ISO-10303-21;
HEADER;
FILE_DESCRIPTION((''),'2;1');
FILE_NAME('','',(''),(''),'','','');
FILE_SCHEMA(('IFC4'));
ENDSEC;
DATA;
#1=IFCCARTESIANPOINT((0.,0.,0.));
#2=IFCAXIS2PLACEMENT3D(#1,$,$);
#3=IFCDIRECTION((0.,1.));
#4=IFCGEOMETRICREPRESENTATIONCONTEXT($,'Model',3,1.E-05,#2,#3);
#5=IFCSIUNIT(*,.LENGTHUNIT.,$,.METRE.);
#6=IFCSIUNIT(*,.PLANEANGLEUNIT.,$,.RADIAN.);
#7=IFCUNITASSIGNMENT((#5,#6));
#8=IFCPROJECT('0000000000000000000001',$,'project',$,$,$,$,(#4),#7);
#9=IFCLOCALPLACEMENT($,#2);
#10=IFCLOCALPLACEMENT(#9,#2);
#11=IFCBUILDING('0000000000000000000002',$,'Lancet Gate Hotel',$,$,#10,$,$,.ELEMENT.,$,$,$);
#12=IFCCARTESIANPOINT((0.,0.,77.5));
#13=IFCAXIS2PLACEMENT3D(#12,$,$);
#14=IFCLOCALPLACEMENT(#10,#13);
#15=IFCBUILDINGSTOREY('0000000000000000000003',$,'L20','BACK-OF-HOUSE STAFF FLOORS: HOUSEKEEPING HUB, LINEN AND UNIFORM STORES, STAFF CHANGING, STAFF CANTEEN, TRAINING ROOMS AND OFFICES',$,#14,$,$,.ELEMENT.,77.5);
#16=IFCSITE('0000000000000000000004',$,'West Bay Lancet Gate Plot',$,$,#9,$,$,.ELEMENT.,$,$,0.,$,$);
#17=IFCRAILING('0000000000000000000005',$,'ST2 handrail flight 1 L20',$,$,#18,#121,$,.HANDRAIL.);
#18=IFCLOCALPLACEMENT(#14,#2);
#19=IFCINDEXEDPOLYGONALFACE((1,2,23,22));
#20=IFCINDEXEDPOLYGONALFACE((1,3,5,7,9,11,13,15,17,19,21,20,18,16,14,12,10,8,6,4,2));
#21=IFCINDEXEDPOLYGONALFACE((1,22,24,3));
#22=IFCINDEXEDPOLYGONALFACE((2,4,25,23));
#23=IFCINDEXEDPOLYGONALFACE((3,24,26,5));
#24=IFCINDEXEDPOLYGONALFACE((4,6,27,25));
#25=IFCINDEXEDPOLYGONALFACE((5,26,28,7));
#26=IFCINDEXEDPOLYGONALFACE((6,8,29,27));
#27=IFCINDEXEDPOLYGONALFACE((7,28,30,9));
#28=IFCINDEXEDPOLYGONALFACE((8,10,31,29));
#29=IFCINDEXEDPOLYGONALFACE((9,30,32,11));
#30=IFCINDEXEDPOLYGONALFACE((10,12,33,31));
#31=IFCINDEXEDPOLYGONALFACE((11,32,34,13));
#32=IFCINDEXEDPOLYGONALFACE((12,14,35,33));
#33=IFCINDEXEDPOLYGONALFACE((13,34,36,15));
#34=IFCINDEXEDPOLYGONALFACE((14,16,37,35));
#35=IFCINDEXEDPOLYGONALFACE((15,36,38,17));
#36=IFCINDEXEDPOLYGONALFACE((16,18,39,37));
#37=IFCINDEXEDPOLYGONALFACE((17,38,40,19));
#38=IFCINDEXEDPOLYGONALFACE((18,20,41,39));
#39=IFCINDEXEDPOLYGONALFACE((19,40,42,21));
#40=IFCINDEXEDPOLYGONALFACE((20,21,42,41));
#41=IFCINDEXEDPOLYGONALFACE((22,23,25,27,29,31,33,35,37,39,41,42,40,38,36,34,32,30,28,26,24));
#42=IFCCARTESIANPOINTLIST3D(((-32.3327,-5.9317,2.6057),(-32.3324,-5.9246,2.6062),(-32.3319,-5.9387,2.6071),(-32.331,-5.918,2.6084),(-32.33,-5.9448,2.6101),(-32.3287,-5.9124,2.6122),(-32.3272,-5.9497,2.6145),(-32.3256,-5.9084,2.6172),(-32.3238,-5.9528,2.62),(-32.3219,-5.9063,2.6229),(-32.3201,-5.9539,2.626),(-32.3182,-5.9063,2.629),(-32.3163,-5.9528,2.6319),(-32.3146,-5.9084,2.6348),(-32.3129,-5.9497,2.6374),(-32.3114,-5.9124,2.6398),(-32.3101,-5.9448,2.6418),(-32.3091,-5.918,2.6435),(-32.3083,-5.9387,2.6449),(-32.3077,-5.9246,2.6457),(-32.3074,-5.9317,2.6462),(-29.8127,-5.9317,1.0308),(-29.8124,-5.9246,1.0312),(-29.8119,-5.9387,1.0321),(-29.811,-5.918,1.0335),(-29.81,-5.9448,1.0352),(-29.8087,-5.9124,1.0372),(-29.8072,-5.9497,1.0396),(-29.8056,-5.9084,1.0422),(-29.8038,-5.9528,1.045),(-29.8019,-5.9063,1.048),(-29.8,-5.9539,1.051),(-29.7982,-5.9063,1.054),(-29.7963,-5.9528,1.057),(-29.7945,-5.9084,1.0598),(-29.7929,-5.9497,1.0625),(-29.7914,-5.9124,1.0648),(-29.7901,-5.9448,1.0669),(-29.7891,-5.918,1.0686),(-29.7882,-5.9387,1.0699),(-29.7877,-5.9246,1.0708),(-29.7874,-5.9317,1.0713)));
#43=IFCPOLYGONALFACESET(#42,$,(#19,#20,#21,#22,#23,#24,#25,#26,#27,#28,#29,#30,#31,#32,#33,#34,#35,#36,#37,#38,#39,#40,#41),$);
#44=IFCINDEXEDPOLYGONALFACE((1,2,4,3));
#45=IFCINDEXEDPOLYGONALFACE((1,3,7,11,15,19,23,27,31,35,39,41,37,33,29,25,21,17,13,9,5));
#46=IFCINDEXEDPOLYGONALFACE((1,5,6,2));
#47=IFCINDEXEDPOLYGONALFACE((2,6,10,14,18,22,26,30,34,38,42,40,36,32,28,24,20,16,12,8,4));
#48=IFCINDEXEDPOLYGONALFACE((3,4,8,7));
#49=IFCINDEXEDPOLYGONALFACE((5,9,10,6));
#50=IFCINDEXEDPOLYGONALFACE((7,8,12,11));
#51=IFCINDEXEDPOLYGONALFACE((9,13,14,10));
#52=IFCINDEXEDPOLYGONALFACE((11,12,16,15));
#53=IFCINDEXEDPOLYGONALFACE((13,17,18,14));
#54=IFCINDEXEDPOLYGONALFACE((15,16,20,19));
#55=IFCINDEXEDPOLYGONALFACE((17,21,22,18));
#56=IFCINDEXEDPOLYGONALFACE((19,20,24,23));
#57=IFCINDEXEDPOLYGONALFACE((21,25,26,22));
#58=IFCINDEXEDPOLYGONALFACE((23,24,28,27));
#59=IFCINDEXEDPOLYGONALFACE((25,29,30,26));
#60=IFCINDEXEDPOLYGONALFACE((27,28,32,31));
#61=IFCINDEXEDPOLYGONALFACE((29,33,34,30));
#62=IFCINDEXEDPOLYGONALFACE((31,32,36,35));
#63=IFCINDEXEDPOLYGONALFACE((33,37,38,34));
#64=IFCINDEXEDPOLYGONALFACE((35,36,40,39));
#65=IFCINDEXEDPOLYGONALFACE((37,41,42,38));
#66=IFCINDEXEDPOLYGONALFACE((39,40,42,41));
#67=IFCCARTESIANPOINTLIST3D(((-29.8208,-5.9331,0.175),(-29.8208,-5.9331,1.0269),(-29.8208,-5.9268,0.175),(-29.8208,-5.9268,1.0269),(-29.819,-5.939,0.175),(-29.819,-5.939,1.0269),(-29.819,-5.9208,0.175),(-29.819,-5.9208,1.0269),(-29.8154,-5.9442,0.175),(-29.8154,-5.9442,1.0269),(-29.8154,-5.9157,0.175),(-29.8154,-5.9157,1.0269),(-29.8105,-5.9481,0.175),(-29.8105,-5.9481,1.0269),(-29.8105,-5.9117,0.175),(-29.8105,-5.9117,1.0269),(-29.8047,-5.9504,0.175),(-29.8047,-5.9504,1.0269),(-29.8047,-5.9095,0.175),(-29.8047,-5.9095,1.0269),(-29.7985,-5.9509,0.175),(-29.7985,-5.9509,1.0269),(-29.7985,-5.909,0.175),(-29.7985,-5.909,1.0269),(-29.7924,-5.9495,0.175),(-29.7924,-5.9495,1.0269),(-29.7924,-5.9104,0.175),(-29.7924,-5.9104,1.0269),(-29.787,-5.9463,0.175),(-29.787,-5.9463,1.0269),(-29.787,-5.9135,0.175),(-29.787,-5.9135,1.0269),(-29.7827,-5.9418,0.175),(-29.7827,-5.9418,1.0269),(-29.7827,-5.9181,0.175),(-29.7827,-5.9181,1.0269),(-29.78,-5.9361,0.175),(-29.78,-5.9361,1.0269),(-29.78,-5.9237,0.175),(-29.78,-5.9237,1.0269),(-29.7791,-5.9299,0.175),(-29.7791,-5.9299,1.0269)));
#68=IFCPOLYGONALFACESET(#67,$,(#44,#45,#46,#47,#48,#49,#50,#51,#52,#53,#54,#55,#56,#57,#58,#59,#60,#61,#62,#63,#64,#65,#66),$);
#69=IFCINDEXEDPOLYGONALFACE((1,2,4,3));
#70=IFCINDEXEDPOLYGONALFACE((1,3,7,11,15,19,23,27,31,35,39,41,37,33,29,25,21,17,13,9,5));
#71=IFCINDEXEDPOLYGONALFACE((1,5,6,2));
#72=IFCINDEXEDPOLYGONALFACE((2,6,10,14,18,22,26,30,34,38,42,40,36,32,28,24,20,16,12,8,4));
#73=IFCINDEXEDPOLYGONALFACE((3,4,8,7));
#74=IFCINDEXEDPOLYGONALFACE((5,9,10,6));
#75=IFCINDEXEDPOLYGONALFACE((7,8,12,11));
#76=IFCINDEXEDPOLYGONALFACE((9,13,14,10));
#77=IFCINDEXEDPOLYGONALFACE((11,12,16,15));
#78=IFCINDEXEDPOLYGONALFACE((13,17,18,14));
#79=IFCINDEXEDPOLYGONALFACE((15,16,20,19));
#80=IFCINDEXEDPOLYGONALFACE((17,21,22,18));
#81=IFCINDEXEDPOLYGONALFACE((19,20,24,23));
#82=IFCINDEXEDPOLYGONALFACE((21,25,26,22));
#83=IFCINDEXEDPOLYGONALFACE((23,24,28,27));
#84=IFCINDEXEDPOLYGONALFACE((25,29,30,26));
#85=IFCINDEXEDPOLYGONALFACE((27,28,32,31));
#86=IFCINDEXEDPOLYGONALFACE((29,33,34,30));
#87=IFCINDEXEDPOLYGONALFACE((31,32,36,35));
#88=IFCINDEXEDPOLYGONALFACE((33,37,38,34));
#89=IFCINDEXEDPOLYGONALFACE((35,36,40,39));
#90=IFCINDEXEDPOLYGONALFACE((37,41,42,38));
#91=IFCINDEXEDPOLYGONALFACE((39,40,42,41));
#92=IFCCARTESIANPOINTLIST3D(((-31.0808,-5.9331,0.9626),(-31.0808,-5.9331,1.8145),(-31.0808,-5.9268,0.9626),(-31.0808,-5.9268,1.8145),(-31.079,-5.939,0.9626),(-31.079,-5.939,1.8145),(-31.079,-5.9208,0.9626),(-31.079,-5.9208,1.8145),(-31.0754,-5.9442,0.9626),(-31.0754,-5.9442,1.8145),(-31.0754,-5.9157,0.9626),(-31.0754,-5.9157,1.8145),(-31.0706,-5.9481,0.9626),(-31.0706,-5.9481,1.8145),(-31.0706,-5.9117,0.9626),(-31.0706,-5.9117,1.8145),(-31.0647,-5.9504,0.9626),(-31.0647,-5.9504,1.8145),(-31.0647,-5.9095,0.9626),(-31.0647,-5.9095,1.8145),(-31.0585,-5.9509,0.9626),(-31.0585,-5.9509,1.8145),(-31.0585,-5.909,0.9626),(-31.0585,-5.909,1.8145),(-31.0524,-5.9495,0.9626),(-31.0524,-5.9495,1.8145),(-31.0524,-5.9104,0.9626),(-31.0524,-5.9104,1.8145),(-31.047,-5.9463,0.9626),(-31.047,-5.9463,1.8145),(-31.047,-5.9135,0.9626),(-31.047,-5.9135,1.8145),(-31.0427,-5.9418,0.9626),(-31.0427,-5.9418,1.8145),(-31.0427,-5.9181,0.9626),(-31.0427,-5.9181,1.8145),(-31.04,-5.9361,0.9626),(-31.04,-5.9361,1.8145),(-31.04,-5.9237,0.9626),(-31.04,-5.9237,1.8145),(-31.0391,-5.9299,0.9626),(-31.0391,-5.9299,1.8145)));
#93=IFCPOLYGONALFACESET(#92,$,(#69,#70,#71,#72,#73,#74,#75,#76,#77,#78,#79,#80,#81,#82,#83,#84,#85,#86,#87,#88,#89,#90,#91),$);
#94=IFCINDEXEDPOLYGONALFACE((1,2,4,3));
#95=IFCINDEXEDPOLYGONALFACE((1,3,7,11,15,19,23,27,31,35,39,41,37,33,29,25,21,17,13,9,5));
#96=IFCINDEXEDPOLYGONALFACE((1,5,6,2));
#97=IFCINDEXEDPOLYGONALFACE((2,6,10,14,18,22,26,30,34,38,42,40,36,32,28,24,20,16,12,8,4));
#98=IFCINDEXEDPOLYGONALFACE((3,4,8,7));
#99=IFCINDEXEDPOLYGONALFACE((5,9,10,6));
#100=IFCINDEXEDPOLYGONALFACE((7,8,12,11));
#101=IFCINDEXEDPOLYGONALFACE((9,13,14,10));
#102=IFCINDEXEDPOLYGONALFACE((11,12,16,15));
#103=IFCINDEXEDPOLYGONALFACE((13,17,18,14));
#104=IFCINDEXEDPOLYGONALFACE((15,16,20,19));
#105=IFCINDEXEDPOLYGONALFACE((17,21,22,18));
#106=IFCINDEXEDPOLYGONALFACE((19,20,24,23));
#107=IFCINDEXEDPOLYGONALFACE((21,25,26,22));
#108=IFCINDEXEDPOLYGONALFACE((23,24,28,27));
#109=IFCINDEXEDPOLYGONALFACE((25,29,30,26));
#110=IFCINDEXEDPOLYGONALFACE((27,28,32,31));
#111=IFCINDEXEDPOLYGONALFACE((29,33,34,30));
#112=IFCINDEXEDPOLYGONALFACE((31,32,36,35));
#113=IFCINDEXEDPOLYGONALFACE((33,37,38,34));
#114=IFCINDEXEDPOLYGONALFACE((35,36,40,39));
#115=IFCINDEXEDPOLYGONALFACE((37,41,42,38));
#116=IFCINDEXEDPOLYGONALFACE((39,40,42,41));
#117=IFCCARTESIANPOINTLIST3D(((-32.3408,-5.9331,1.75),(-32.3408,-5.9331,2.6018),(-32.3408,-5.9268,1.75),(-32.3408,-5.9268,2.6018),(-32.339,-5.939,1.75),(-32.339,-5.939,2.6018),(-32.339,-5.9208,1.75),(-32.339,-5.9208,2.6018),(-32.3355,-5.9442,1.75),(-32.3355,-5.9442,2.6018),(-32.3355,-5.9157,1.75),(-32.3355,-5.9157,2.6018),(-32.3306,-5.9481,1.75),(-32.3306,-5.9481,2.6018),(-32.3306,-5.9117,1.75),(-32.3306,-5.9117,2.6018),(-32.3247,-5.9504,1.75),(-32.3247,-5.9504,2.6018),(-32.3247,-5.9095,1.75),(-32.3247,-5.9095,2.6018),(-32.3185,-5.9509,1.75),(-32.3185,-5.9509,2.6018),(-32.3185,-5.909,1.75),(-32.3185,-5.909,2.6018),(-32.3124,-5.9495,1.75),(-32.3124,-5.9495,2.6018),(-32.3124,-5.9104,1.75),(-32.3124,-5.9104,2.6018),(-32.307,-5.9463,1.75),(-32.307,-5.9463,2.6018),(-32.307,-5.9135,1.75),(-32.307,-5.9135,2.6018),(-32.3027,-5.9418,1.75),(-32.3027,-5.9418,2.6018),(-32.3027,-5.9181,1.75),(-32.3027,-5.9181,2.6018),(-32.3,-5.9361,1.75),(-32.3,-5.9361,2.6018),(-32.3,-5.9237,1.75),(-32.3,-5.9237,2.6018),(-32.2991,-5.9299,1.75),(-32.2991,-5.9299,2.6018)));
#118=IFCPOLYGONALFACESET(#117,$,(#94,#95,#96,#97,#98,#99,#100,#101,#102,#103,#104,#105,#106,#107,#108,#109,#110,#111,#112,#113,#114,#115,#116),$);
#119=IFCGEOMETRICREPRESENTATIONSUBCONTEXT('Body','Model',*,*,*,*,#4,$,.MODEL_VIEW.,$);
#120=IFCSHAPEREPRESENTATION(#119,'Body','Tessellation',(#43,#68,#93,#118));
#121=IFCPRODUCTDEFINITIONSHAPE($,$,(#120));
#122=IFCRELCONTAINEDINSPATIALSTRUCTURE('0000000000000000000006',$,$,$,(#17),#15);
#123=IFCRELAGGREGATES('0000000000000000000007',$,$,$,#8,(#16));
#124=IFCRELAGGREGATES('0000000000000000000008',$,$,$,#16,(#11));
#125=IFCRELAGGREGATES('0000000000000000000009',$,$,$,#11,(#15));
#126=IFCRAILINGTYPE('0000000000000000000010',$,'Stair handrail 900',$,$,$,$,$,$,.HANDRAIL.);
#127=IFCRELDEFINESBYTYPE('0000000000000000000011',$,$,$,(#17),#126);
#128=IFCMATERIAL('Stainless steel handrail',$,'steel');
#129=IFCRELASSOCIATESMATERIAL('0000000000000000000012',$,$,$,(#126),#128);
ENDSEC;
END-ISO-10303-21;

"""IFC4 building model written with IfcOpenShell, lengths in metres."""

from ifc_helpers import new_model, si_unit, direction, frame, origin, origin_2d, place, context, subcontext, project, spatial, circle, extrude, material, type_object, element, save


model = new_model("IFC4")

# Units and contexts
model_context = context("Model", 3, precision=1e-05, world=origin(), true_north=direction((0.0, 1.0)))
body_context = subcontext(model_context, "Body", "Model", "MODEL_VIEW")
ifc_project = project(units=[si_unit("LENGTHUNIT", "METRE"), si_unit("PLANEANGLEUNIT", "RADIAN")], contexts=[model_context])

# Site, building, storey
site_placement = place(None, origin())
site = spatial("IfcSite", under=ifc_project, at=site_placement, Name="West Bay Lancet Gate Plot", CompositionType="ELEMENT", RefElevation=0.0)
building_placement = place(site_placement, origin())
building = spatial("IfcBuilding", under=site, at=building_placement, Name="Lancet Gate Hotel", CompositionType="ELEMENT")
storey_placement = place(building_placement, frame((0.0, 0.0, 77.5)))
storey = spatial("IfcBuildingStorey", under=building, at=storey_placement, Name="L20", Description="BACK-OF-HOUSE STAFF FLOORS: HOUSEKEEPING HUB, LINEN AND UNIFORM STORES, STAFF CHANGING, STAFF CANTEEN, TRAINING ROOMS AND OFFICES", CompositionType="ELEMENT", Elevation=77.5)

# Railing
ifc_material_1 = material(Name="Stainless steel handrail", Category="steel")
railing_type = type_object("IfcRailingType", Name="Stair handrail 900", PredefinedType="HANDRAIL", material=ifc_material_1)
railing_1_placement = place(storey_placement, frame((-29.8, -5.9299, 0.175)))
element("IfcRailing", 1, at=railing_1_placement, inside=storey, type_object=railing_type, Name="ST2 handrail flight 1 L20", PredefinedType="HANDRAIL", context=body_context, shape_type="SweptSolid", body=[
    extrude(circle(Radius=0.0239, at=origin_2d()), frame((0.0, 0.0, 0.876), z_axis=(-0.848008, 0.0, 0.529984), x_axis=(0.0, -1.0, 0.0)), (0.0, 0.0, 1.0), 2.9717),
    extrude(circle(Radius=0.021, at=origin_2d()), origin(), (0.0, 0.0, 1.0), 0.8518),
    extrude(circle(Radius=0.021, at=origin_2d()), frame((-1.26, 0.0, 0.7876)), (0.0, 0.0, 1.0), 0.8518),
    extrude(circle(Radius=0.021, at=origin_2d()), frame((-2.52, 0.0, 1.575)), (0.0, 0.0, 1.0), 0.8518),
])

save(model, "model.ifc")
